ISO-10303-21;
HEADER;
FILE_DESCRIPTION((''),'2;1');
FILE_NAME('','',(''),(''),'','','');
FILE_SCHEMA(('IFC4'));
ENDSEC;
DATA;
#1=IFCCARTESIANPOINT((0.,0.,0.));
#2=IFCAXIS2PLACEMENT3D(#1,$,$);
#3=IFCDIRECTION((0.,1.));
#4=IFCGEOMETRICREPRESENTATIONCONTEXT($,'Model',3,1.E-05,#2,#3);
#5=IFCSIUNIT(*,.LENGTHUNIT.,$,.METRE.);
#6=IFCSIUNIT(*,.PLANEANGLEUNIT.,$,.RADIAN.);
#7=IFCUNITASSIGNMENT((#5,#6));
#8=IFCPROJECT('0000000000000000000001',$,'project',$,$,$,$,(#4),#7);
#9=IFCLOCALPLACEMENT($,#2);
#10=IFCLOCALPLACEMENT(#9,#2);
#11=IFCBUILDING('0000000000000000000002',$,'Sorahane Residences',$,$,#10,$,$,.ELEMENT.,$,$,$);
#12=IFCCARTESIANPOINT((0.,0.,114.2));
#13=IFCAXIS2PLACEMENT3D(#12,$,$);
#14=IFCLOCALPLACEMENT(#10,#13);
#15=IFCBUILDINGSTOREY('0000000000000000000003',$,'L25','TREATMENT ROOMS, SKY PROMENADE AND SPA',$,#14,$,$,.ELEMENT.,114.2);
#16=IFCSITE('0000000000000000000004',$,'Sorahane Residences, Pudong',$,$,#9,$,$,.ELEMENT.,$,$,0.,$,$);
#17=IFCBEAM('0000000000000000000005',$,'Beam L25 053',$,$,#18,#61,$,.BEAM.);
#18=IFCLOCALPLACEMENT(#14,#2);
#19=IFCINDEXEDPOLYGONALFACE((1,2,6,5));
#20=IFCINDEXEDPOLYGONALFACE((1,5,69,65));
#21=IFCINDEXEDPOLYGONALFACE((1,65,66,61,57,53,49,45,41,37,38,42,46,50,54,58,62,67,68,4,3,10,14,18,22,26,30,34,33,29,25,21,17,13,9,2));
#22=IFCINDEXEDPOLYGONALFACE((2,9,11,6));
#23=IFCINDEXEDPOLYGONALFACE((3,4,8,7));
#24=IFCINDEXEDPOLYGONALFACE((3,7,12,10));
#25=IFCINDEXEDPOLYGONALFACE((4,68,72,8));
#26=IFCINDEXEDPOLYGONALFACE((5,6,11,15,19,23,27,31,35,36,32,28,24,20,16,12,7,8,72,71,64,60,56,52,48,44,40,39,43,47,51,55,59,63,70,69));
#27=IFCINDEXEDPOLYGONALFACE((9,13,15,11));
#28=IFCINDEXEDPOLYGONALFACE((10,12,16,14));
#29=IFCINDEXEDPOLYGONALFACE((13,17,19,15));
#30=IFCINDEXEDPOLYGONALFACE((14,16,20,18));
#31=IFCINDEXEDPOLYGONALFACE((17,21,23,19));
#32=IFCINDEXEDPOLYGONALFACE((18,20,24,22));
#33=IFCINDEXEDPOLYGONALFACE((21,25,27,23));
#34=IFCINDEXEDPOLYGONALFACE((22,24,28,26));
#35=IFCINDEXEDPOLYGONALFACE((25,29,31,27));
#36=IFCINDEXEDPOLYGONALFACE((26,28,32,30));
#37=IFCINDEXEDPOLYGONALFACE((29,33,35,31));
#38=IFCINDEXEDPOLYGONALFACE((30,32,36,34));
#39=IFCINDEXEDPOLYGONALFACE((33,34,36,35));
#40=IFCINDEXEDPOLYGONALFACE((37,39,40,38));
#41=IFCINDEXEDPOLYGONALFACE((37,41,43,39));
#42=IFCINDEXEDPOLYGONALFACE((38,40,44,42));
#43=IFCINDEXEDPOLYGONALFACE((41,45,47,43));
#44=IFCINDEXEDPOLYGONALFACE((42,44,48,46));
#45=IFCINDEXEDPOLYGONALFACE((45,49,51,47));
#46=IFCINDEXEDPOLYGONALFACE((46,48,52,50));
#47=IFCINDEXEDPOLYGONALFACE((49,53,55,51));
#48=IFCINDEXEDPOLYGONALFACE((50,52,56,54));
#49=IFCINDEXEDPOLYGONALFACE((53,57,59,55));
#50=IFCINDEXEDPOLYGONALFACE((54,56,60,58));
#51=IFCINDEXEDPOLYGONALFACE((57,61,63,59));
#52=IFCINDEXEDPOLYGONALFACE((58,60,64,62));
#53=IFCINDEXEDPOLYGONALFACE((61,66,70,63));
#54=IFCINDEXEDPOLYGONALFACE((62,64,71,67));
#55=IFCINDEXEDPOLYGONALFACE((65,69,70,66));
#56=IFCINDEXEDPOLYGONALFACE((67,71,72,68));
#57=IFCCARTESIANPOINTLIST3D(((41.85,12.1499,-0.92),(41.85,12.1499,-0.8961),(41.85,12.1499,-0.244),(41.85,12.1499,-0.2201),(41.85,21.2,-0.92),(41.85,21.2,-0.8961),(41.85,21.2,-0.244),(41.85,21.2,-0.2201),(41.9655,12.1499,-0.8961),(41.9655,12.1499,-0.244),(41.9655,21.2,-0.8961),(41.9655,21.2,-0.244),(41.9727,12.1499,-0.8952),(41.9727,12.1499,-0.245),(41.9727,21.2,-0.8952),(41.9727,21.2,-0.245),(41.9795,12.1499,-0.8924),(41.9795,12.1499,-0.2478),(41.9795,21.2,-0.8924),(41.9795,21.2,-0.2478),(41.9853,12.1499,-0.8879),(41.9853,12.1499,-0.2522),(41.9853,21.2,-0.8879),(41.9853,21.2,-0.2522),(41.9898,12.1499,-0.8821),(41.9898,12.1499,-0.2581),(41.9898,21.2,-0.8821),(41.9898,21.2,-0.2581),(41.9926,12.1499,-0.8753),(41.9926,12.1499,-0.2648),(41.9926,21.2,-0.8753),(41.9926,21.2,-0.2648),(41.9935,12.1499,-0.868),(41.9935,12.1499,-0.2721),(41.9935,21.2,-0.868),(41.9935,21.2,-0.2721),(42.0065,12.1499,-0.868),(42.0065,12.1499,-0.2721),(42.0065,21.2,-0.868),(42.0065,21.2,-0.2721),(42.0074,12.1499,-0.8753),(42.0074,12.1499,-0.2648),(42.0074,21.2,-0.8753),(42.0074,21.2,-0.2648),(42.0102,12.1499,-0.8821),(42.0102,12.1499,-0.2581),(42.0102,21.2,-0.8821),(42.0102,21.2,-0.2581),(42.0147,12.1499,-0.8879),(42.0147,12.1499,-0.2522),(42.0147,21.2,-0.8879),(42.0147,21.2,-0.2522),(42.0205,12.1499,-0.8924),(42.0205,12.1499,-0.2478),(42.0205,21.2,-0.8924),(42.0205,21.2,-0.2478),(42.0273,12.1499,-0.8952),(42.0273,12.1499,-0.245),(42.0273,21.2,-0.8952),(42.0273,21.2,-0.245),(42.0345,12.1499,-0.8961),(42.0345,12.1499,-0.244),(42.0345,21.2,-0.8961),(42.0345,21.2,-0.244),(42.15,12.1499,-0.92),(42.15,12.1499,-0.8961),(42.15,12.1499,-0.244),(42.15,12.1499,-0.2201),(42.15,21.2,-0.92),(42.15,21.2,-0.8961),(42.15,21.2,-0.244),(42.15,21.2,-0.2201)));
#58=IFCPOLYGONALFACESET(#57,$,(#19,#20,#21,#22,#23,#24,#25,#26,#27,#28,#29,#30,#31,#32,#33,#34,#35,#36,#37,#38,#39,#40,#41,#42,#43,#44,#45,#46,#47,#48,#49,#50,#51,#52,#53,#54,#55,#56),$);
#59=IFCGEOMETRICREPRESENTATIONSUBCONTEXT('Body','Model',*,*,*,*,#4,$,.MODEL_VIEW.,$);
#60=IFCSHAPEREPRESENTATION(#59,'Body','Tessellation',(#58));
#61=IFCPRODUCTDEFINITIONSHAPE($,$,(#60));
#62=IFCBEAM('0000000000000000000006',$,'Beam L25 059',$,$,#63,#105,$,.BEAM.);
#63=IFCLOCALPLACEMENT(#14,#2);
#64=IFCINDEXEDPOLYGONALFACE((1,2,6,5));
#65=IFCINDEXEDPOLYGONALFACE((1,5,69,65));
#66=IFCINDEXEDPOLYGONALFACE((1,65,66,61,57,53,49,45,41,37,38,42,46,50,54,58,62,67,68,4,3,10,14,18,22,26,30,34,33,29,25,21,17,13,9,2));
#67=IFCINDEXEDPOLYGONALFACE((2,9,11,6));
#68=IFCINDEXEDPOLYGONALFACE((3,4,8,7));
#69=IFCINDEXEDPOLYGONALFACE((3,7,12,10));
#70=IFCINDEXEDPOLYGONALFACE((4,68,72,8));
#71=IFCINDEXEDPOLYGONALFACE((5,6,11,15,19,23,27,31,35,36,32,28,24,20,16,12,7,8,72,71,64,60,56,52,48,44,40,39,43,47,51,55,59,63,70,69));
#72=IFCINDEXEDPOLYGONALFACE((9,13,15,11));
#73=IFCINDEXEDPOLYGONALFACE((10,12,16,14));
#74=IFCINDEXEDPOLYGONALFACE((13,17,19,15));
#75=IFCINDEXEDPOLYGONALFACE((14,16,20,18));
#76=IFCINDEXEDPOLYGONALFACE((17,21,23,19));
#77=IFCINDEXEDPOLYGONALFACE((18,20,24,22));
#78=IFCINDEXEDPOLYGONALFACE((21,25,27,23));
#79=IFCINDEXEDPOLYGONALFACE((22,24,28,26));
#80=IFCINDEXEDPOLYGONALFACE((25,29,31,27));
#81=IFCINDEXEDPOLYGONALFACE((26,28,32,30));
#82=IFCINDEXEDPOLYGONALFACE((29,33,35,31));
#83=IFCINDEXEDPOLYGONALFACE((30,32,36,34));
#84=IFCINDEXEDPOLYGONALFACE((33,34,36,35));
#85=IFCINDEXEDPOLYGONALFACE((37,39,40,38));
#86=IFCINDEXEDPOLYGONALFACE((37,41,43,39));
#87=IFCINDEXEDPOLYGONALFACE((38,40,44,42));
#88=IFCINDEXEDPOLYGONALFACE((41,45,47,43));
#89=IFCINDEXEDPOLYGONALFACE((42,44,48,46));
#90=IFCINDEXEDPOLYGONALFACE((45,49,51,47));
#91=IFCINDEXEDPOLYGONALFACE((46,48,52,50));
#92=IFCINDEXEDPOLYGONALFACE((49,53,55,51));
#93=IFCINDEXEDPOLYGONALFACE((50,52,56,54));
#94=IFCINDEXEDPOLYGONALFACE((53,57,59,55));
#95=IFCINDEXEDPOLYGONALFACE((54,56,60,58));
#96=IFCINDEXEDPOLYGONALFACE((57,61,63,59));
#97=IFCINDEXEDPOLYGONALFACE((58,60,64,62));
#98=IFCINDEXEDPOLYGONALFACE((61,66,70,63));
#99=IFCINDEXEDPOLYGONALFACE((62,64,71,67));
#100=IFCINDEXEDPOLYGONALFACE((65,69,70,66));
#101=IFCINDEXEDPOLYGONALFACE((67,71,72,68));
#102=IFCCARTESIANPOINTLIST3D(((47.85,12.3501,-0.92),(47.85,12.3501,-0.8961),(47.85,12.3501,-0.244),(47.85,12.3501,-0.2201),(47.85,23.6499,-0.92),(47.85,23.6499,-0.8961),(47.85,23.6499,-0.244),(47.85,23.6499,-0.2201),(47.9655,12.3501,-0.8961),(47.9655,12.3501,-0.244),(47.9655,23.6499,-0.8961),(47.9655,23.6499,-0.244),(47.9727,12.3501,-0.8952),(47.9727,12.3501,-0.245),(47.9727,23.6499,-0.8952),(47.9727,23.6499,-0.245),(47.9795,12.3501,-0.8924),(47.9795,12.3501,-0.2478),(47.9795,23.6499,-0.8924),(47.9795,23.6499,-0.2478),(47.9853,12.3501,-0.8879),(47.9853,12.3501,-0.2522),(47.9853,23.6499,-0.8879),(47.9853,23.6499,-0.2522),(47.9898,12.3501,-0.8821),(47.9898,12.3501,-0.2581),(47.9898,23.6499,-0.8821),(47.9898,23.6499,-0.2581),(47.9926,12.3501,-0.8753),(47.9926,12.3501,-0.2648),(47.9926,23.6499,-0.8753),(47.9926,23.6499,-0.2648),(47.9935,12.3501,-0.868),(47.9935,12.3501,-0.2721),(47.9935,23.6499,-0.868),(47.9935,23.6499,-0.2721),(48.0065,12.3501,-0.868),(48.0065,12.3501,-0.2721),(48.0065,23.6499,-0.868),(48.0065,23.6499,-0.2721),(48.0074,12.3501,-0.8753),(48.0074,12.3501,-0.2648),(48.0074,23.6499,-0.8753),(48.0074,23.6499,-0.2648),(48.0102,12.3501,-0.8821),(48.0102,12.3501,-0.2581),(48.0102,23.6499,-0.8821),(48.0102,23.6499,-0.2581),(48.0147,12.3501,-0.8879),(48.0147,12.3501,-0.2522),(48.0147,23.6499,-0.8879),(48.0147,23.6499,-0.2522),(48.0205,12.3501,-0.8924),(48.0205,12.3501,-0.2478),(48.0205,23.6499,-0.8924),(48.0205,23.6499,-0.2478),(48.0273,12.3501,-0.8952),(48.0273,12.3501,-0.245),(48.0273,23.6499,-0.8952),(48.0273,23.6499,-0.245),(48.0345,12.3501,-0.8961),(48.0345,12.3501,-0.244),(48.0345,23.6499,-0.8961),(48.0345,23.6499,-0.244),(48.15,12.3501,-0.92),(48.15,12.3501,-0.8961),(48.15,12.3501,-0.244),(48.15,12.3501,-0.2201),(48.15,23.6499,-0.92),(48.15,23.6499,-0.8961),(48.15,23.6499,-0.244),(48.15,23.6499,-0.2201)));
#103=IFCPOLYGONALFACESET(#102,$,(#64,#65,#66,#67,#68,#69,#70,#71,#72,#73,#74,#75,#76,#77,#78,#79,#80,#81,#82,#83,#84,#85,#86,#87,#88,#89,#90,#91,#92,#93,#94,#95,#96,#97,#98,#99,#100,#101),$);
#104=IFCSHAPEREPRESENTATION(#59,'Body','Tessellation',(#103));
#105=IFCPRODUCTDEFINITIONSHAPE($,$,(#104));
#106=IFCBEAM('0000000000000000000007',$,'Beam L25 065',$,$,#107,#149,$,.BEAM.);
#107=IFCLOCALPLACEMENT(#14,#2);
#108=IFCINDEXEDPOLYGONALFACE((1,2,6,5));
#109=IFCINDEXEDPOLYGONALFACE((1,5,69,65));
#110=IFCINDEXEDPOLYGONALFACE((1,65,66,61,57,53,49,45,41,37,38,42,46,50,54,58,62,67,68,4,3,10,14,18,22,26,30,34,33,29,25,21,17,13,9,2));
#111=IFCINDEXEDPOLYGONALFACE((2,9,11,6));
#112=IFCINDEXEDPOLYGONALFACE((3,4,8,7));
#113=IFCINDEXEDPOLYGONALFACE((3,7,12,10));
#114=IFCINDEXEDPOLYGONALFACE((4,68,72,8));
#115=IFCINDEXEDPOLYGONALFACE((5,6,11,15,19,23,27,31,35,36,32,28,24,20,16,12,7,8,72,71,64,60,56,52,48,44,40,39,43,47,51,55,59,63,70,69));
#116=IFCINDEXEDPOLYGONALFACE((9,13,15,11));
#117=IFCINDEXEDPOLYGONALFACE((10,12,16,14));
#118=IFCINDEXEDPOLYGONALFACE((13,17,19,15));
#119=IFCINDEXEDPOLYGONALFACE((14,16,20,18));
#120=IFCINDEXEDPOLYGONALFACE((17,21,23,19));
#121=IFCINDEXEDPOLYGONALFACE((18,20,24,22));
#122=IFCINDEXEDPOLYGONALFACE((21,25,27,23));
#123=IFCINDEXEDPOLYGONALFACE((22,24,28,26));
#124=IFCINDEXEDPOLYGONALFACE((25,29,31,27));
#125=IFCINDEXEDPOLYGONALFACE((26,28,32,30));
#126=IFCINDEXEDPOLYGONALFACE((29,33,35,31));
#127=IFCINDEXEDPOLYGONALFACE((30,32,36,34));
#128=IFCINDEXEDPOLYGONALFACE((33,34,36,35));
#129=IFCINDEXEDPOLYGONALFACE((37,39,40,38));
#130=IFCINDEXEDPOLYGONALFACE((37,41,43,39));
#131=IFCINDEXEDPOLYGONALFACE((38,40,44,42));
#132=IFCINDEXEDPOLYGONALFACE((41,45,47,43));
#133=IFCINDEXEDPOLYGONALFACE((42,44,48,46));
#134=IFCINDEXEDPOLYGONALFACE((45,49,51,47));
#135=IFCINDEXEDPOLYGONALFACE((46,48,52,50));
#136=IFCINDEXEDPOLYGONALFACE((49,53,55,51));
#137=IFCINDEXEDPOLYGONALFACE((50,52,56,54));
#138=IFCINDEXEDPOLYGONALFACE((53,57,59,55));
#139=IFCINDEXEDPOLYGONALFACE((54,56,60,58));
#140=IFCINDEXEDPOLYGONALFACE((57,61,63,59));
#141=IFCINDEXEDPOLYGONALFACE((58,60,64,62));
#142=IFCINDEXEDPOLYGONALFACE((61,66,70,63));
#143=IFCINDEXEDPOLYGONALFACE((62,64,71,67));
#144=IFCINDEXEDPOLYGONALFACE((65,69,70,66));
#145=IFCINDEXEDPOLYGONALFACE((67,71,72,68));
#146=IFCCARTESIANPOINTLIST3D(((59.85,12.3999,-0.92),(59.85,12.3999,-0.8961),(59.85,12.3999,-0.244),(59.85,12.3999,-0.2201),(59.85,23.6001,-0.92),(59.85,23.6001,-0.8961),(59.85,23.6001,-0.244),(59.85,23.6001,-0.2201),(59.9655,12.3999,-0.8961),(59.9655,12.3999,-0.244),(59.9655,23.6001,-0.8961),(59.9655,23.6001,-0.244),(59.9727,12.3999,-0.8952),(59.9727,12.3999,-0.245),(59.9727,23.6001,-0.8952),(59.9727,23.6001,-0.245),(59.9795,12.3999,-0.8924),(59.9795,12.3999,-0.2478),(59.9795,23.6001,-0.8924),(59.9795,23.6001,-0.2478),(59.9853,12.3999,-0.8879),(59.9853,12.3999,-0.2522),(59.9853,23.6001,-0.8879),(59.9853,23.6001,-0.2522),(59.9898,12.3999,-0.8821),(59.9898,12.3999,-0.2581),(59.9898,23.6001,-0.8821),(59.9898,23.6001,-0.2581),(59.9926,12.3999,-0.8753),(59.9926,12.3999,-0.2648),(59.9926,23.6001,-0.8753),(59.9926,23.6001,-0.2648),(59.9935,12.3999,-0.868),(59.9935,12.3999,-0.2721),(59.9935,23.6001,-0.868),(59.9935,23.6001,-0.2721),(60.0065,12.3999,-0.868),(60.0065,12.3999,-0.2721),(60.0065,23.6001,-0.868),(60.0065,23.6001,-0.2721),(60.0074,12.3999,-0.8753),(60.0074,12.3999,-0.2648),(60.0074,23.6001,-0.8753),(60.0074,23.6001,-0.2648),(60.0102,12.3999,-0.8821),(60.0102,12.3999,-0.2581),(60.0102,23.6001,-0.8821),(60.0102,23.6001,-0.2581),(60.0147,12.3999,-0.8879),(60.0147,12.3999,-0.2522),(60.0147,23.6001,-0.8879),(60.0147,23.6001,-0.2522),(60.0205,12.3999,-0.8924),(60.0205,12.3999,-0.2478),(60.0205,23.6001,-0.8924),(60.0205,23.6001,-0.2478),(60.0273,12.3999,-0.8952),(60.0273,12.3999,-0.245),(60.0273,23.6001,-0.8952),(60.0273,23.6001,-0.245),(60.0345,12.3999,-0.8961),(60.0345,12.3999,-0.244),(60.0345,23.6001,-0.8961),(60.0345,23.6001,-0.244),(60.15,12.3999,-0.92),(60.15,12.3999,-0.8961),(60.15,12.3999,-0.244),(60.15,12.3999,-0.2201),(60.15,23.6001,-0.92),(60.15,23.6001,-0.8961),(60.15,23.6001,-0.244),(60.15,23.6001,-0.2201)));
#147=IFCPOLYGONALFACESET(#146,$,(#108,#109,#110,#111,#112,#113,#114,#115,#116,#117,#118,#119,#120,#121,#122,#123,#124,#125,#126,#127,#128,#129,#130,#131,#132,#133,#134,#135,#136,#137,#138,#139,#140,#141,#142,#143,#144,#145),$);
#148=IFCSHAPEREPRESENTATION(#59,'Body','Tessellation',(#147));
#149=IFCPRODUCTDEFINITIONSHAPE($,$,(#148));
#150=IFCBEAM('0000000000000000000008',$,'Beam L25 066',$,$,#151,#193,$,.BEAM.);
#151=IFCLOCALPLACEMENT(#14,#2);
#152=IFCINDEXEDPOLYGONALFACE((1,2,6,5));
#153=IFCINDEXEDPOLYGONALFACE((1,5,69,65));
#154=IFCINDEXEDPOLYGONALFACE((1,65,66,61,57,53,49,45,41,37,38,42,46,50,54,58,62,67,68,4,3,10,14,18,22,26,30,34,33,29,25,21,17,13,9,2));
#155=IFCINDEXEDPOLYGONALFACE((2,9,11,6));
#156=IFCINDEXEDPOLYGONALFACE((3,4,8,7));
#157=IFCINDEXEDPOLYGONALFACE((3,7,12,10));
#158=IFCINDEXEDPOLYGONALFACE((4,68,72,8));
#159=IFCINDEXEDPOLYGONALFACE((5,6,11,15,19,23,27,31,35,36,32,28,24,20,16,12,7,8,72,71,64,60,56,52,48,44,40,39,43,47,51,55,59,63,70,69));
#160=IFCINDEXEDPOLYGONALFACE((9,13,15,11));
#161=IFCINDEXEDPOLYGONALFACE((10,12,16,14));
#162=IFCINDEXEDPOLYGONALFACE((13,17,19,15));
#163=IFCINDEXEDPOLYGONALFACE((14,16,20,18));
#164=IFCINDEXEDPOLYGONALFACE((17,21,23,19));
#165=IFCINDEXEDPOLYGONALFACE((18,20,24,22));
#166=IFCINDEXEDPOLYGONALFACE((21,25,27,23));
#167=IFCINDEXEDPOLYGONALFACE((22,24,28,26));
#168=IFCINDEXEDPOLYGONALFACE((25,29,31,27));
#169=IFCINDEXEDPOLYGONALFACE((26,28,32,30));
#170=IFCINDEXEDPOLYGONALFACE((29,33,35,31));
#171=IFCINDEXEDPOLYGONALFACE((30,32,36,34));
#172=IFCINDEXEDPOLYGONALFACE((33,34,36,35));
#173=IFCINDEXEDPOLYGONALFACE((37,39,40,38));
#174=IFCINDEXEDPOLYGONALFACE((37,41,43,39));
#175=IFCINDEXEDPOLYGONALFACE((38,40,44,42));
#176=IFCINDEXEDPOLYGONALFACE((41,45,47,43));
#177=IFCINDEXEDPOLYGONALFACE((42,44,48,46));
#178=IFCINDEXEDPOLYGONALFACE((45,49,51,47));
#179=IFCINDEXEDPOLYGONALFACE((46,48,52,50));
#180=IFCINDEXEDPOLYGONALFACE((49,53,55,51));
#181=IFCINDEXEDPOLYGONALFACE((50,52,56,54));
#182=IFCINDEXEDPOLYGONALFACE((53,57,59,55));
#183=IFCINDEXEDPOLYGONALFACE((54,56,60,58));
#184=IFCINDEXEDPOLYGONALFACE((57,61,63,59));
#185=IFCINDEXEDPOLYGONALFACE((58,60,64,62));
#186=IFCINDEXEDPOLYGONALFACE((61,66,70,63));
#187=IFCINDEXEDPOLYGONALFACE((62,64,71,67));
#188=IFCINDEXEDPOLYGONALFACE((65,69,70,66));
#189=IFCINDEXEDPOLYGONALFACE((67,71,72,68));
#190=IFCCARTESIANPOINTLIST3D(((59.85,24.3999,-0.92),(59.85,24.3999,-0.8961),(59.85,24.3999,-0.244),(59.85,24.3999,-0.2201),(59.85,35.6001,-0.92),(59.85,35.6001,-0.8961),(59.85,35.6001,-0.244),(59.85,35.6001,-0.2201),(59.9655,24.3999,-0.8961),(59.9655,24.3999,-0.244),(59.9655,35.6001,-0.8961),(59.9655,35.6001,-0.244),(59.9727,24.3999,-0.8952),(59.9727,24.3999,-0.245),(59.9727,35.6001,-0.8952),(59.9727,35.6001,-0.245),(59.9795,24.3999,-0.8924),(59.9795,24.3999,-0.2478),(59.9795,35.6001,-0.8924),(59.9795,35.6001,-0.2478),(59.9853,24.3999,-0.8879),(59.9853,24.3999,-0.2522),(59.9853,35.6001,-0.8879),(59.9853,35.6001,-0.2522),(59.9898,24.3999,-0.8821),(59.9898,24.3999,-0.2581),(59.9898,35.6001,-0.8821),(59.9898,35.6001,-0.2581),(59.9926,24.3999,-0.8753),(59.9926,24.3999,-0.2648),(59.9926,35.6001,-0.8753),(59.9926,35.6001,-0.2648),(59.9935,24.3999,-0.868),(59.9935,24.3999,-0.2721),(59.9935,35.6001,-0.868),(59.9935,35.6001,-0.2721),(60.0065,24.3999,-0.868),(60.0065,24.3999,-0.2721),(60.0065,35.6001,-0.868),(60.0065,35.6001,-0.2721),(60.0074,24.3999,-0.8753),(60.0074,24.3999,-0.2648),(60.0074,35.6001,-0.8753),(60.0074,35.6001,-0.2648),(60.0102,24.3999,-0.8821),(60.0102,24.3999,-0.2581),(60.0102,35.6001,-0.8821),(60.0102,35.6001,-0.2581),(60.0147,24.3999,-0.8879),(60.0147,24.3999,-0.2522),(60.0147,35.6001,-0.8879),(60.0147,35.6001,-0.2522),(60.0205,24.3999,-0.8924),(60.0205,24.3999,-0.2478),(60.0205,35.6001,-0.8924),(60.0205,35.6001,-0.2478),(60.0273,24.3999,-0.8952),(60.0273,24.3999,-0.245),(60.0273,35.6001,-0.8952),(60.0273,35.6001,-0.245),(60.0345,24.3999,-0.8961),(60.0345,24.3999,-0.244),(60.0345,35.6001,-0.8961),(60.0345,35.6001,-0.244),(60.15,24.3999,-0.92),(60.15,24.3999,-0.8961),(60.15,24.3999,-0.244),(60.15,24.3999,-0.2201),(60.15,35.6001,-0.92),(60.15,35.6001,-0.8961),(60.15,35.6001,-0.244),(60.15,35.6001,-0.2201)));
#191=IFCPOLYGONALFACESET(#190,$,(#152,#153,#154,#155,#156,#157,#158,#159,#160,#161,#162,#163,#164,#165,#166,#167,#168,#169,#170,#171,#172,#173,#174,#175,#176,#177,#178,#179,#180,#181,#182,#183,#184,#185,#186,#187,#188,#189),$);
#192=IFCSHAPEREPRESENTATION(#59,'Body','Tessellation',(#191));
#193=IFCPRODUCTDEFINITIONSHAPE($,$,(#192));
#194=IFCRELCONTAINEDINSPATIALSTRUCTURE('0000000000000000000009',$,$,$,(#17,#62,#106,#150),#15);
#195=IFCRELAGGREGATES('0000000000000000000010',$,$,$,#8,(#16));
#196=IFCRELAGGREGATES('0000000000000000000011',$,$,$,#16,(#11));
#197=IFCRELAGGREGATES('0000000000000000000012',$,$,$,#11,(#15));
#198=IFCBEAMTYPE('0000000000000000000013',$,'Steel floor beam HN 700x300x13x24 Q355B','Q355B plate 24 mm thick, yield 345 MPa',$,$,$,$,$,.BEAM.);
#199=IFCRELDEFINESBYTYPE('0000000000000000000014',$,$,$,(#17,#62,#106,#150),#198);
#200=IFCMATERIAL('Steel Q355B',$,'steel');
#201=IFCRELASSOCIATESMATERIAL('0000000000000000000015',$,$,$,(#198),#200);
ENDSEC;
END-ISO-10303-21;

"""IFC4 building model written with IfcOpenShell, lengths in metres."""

from ifc_helpers import new_model, si_unit, direction, frame, origin, origin_2d, place, context, subcontext, project, spatial, i_section, extrude, material, material_profile, profile_set, type_object, element, save


model = new_model("IFC4")

# Units and contexts
model_context = context("Model", 3, precision=1e-05, world=origin(), true_north=direction((0.0, 1.0)))
body_context = subcontext(model_context, "Body", "Model", "MODEL_VIEW")
ifc_project = project(units=[si_unit("LENGTHUNIT", "METRE"), si_unit("PLANEANGLEUNIT", "RADIAN")], contexts=[model_context])

# Site, building, storey
site_placement = place(None, origin())
site = spatial("IfcSite", under=ifc_project, at=site_placement, Name="Sorahane Residences, Pudong", CompositionType="ELEMENT", RefElevation=0.0)
building_placement = place(site_placement, origin())
building = spatial("IfcBuilding", under=site, at=building_placement, Name="Sorahane Residences", CompositionType="ELEMENT")
storey_placement = place(building_placement, frame((0.0, 0.0, 114.2)))
storey = spatial("IfcBuildingStorey", under=building, at=storey_placement, Name="L25", Description="TREATMENT ROOMS, SKY PROMENADE AND SPA", CompositionType="ELEMENT", Elevation=114.2)

# Beams
ifc_material_1 = material(Name="Steel Q355B", Category="steel")
ifc_material_profile_1 = material_profile(ifc_material_1, i_section(OverallWidth=0.3, OverallDepth=0.7, WebThickness=0.0129, FlangeThickness=0.0239, FilletRadius=0.0281, at=origin_2d()), Name="HN 700x300x13x24")
ifc_profile_set_1 = profile_set([ifc_material_profile_1], Name="Steel Q355B")
beam_type_1 = type_object("IfcBeamType", Name="Steel floor beam HN 700x300x13x24 Q355B", Description="Q355B plate 24 mm thick, yield 345 MPa", PredefinedType="BEAM", material=ifc_profile_set_1)
beam_1_placement = place(storey_placement, frame((42.0, 12.1499, -0.5701), z_axis=(0.0, 1.0, 0.0), x_axis=(-1.0, 0.0, 0.0)))
element("IfcBeam", 1, at=beam_1_placement, inside=storey, type_object=beam_type_1, Name="Beam L25 053", PredefinedType="BEAM", context=body_context, shape_type="SweptSolid", body=[
    extrude(i_section(OverallWidth=0.3, OverallDepth=0.7, WebThickness=0.0129, FlangeThickness=0.0239, FilletRadius=0.0281, at=origin_2d()), origin(), (0.0, 0.0, 1.0), 9.05),
])
beam_2_placement = place(storey_placement, frame((48.0, 12.3501, -0.5701), z_axis=(0.0, 1.0, 0.0), x_axis=(-1.0, 0.0, 0.0)))
element("IfcBeam", 2, at=beam_2_placement, inside=storey, type_object=beam_type_1, Name="Beam L25 059", PredefinedType="BEAM", context=body_context, shape_type="SweptSolid", body=[
    extrude(i_section(OverallWidth=0.3, OverallDepth=0.7, WebThickness=0.0129, FlangeThickness=0.0239, FilletRadius=0.0281, at=origin_2d()), origin(), (0.0, 0.0, 1.0), 11.2998),
])
for number, where, z_axis, x_axis, name in (
    (3, (60.0, 12.3999, -0.5701), (0.0, 1.0, 0.0), (-1.0, 0.0, 0.0), "Beam L25 065"),
    (4, (60.0, 24.3999, -0.5701), (0.0, 1.0, 0.0), (-1.0, 0.0, 0.0), "Beam L25 066"),
):
    element("IfcBeam", number, at=place(storey_placement, frame(where, z_axis=z_axis, x_axis=x_axis)), inside=storey, type_object=beam_type_1, Name=name, PredefinedType="BEAM", context=body_context, shape_type="SweptSolid", body=[
        extrude(i_section(OverallWidth=0.3, OverallDepth=0.7, WebThickness=0.0129, FlangeThickness=0.0239, FilletRadius=0.0281, at=origin_2d()), origin(), (0.0, 0.0, 1.0), 11.2002),
    ])

save(model, "model.ifc")
